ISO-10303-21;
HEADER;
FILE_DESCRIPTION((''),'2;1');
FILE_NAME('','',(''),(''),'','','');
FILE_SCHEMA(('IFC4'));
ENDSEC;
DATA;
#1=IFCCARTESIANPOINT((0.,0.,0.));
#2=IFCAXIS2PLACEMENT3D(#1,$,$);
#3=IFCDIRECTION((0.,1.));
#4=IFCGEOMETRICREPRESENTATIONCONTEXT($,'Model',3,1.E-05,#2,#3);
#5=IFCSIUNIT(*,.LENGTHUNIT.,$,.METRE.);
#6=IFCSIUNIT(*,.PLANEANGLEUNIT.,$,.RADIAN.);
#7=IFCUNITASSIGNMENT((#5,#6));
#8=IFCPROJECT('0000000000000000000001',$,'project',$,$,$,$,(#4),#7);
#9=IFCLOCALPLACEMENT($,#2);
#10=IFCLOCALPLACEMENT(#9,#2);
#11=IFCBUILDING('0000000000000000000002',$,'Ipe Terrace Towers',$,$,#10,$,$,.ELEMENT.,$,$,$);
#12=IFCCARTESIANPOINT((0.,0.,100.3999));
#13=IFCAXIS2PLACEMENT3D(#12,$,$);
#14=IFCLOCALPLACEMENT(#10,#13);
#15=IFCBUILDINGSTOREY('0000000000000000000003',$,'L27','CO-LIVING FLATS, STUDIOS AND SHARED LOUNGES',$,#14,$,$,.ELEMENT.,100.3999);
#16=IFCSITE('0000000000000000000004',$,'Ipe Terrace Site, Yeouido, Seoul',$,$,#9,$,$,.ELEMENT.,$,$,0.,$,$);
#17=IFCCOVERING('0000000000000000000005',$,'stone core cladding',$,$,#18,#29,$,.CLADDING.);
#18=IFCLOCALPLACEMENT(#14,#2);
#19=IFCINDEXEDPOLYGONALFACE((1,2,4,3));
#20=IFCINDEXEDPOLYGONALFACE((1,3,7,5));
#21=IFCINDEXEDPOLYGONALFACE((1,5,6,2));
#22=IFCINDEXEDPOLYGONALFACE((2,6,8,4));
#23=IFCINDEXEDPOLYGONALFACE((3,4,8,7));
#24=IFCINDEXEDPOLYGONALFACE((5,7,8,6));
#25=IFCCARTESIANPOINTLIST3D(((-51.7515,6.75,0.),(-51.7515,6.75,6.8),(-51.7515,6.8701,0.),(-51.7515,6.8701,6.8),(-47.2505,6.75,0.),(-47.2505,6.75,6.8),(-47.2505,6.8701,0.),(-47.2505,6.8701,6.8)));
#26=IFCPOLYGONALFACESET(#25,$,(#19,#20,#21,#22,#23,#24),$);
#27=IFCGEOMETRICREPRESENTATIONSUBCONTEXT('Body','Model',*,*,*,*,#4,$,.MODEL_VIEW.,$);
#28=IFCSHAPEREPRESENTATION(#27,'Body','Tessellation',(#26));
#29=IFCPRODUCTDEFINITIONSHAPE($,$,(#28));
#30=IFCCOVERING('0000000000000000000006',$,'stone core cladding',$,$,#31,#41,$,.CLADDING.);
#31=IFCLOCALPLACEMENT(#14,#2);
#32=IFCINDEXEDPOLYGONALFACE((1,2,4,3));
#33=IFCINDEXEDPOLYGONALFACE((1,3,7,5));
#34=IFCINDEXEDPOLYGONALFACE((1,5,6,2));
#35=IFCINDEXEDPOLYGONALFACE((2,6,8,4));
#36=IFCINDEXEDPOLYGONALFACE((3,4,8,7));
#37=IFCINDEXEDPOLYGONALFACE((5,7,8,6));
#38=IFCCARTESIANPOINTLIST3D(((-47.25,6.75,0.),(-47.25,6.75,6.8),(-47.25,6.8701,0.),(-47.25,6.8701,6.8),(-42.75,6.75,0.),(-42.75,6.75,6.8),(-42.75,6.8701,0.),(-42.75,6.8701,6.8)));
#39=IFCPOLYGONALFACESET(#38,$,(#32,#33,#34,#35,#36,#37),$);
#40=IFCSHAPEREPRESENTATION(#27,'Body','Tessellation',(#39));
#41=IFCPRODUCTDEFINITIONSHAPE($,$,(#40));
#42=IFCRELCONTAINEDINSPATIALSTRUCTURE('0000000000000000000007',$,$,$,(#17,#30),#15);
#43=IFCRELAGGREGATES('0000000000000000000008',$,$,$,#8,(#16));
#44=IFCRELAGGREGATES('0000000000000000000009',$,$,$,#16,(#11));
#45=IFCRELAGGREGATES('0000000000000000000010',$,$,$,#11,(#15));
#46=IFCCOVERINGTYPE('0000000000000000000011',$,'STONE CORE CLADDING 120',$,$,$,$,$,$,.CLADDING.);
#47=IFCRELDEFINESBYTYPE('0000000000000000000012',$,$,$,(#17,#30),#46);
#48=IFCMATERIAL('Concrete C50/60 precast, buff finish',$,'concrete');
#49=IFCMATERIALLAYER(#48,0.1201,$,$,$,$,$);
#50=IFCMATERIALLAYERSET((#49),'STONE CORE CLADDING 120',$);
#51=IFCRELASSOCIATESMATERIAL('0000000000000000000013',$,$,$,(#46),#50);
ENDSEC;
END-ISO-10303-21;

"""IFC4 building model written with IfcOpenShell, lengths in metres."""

from ifc_helpers import new_model, si_unit, direction, frame, origin, origin_2d, place, context, subcontext, project, spatial, rectangle, extrude, material, layer, layer_set, type_object, element, save


model = new_model("IFC4")

# Units and contexts
model_context = context("Model", 3, precision=1e-05, world=origin(), true_north=direction((0.0, 1.0)))
body_context = subcontext(model_context, "Body", "Model", "MODEL_VIEW")
ifc_project = project(units=[si_unit("LENGTHUNIT", "METRE"), si_unit("PLANEANGLEUNIT", "RADIAN")], contexts=[model_context])

# Site, building, storey
site_placement = place(None, origin())
site = spatial("IfcSite", under=ifc_project, at=site_placement, Name="Ipe Terrace Site, Yeouido, Seoul", CompositionType="ELEMENT", RefElevation=0.0)
building_placement = place(site_placement, origin())
building = spatial("IfcBuilding", under=site, at=building_placement, Name="Ipe Terrace Towers", CompositionType="ELEMENT")
storey_placement = place(building_placement, frame((0.0, 0.0, 100.3999)))
storey = spatial("IfcBuildingStorey", under=building, at=storey_placement, Name="L27", Description="CO-LIVING FLATS, STUDIOS AND SHARED LOUNGES", CompositionType="ELEMENT", Elevation=100.3999)

# Coverings
ifc_material_1 = material(Name="Concrete C50/60 precast, buff finish", Category="concrete")
ifc_layer_1 = layer(ifc_material_1, 0.1201)
ifc_layer_set_1 = layer_set([ifc_layer_1], Name="STONE CORE CLADDING 120")
covering_type = type_object("IfcCoveringType", Name="STONE CORE CLADDING 120", PredefinedType="CLADDING", material=ifc_layer_set_1)
covering_1_placement = place(storey_placement, frame((-49.501, 6.8101, 0.0), z_axis=(0.0, 0.0, 1.0), x_axis=(-1.0, 0.0, 0.0)))
element("IfcCovering", 1, at=covering_1_placement, inside=storey, type_object=covering_type, Name="stone core cladding", PredefinedType="CLADDING", context=body_context, shape_type="SweptSolid", body=[
    extrude(rectangle(XDim=4.501, YDim=0.1201, at=origin_2d()), origin(), (0.0, 0.0, 1.0), 6.8),
])
covering_2_placement = place(storey_placement, frame((-45.0, 6.8101, 0.0), z_axis=(0.0, 0.0, 1.0), x_axis=(-1.0, 0.0, 0.0)))
element("IfcCovering", 2, at=covering_2_placement, inside=storey, type_object=covering_type, Name="stone core cladding", PredefinedType="CLADDING", context=body_context, shape_type="SweptSolid", body=[
    extrude(rectangle(XDim=4.5, YDim=0.1201, at=origin_2d()), origin(), (0.0, 0.0, 1.0), 6.8),
])

save(model, "model.ifc")
